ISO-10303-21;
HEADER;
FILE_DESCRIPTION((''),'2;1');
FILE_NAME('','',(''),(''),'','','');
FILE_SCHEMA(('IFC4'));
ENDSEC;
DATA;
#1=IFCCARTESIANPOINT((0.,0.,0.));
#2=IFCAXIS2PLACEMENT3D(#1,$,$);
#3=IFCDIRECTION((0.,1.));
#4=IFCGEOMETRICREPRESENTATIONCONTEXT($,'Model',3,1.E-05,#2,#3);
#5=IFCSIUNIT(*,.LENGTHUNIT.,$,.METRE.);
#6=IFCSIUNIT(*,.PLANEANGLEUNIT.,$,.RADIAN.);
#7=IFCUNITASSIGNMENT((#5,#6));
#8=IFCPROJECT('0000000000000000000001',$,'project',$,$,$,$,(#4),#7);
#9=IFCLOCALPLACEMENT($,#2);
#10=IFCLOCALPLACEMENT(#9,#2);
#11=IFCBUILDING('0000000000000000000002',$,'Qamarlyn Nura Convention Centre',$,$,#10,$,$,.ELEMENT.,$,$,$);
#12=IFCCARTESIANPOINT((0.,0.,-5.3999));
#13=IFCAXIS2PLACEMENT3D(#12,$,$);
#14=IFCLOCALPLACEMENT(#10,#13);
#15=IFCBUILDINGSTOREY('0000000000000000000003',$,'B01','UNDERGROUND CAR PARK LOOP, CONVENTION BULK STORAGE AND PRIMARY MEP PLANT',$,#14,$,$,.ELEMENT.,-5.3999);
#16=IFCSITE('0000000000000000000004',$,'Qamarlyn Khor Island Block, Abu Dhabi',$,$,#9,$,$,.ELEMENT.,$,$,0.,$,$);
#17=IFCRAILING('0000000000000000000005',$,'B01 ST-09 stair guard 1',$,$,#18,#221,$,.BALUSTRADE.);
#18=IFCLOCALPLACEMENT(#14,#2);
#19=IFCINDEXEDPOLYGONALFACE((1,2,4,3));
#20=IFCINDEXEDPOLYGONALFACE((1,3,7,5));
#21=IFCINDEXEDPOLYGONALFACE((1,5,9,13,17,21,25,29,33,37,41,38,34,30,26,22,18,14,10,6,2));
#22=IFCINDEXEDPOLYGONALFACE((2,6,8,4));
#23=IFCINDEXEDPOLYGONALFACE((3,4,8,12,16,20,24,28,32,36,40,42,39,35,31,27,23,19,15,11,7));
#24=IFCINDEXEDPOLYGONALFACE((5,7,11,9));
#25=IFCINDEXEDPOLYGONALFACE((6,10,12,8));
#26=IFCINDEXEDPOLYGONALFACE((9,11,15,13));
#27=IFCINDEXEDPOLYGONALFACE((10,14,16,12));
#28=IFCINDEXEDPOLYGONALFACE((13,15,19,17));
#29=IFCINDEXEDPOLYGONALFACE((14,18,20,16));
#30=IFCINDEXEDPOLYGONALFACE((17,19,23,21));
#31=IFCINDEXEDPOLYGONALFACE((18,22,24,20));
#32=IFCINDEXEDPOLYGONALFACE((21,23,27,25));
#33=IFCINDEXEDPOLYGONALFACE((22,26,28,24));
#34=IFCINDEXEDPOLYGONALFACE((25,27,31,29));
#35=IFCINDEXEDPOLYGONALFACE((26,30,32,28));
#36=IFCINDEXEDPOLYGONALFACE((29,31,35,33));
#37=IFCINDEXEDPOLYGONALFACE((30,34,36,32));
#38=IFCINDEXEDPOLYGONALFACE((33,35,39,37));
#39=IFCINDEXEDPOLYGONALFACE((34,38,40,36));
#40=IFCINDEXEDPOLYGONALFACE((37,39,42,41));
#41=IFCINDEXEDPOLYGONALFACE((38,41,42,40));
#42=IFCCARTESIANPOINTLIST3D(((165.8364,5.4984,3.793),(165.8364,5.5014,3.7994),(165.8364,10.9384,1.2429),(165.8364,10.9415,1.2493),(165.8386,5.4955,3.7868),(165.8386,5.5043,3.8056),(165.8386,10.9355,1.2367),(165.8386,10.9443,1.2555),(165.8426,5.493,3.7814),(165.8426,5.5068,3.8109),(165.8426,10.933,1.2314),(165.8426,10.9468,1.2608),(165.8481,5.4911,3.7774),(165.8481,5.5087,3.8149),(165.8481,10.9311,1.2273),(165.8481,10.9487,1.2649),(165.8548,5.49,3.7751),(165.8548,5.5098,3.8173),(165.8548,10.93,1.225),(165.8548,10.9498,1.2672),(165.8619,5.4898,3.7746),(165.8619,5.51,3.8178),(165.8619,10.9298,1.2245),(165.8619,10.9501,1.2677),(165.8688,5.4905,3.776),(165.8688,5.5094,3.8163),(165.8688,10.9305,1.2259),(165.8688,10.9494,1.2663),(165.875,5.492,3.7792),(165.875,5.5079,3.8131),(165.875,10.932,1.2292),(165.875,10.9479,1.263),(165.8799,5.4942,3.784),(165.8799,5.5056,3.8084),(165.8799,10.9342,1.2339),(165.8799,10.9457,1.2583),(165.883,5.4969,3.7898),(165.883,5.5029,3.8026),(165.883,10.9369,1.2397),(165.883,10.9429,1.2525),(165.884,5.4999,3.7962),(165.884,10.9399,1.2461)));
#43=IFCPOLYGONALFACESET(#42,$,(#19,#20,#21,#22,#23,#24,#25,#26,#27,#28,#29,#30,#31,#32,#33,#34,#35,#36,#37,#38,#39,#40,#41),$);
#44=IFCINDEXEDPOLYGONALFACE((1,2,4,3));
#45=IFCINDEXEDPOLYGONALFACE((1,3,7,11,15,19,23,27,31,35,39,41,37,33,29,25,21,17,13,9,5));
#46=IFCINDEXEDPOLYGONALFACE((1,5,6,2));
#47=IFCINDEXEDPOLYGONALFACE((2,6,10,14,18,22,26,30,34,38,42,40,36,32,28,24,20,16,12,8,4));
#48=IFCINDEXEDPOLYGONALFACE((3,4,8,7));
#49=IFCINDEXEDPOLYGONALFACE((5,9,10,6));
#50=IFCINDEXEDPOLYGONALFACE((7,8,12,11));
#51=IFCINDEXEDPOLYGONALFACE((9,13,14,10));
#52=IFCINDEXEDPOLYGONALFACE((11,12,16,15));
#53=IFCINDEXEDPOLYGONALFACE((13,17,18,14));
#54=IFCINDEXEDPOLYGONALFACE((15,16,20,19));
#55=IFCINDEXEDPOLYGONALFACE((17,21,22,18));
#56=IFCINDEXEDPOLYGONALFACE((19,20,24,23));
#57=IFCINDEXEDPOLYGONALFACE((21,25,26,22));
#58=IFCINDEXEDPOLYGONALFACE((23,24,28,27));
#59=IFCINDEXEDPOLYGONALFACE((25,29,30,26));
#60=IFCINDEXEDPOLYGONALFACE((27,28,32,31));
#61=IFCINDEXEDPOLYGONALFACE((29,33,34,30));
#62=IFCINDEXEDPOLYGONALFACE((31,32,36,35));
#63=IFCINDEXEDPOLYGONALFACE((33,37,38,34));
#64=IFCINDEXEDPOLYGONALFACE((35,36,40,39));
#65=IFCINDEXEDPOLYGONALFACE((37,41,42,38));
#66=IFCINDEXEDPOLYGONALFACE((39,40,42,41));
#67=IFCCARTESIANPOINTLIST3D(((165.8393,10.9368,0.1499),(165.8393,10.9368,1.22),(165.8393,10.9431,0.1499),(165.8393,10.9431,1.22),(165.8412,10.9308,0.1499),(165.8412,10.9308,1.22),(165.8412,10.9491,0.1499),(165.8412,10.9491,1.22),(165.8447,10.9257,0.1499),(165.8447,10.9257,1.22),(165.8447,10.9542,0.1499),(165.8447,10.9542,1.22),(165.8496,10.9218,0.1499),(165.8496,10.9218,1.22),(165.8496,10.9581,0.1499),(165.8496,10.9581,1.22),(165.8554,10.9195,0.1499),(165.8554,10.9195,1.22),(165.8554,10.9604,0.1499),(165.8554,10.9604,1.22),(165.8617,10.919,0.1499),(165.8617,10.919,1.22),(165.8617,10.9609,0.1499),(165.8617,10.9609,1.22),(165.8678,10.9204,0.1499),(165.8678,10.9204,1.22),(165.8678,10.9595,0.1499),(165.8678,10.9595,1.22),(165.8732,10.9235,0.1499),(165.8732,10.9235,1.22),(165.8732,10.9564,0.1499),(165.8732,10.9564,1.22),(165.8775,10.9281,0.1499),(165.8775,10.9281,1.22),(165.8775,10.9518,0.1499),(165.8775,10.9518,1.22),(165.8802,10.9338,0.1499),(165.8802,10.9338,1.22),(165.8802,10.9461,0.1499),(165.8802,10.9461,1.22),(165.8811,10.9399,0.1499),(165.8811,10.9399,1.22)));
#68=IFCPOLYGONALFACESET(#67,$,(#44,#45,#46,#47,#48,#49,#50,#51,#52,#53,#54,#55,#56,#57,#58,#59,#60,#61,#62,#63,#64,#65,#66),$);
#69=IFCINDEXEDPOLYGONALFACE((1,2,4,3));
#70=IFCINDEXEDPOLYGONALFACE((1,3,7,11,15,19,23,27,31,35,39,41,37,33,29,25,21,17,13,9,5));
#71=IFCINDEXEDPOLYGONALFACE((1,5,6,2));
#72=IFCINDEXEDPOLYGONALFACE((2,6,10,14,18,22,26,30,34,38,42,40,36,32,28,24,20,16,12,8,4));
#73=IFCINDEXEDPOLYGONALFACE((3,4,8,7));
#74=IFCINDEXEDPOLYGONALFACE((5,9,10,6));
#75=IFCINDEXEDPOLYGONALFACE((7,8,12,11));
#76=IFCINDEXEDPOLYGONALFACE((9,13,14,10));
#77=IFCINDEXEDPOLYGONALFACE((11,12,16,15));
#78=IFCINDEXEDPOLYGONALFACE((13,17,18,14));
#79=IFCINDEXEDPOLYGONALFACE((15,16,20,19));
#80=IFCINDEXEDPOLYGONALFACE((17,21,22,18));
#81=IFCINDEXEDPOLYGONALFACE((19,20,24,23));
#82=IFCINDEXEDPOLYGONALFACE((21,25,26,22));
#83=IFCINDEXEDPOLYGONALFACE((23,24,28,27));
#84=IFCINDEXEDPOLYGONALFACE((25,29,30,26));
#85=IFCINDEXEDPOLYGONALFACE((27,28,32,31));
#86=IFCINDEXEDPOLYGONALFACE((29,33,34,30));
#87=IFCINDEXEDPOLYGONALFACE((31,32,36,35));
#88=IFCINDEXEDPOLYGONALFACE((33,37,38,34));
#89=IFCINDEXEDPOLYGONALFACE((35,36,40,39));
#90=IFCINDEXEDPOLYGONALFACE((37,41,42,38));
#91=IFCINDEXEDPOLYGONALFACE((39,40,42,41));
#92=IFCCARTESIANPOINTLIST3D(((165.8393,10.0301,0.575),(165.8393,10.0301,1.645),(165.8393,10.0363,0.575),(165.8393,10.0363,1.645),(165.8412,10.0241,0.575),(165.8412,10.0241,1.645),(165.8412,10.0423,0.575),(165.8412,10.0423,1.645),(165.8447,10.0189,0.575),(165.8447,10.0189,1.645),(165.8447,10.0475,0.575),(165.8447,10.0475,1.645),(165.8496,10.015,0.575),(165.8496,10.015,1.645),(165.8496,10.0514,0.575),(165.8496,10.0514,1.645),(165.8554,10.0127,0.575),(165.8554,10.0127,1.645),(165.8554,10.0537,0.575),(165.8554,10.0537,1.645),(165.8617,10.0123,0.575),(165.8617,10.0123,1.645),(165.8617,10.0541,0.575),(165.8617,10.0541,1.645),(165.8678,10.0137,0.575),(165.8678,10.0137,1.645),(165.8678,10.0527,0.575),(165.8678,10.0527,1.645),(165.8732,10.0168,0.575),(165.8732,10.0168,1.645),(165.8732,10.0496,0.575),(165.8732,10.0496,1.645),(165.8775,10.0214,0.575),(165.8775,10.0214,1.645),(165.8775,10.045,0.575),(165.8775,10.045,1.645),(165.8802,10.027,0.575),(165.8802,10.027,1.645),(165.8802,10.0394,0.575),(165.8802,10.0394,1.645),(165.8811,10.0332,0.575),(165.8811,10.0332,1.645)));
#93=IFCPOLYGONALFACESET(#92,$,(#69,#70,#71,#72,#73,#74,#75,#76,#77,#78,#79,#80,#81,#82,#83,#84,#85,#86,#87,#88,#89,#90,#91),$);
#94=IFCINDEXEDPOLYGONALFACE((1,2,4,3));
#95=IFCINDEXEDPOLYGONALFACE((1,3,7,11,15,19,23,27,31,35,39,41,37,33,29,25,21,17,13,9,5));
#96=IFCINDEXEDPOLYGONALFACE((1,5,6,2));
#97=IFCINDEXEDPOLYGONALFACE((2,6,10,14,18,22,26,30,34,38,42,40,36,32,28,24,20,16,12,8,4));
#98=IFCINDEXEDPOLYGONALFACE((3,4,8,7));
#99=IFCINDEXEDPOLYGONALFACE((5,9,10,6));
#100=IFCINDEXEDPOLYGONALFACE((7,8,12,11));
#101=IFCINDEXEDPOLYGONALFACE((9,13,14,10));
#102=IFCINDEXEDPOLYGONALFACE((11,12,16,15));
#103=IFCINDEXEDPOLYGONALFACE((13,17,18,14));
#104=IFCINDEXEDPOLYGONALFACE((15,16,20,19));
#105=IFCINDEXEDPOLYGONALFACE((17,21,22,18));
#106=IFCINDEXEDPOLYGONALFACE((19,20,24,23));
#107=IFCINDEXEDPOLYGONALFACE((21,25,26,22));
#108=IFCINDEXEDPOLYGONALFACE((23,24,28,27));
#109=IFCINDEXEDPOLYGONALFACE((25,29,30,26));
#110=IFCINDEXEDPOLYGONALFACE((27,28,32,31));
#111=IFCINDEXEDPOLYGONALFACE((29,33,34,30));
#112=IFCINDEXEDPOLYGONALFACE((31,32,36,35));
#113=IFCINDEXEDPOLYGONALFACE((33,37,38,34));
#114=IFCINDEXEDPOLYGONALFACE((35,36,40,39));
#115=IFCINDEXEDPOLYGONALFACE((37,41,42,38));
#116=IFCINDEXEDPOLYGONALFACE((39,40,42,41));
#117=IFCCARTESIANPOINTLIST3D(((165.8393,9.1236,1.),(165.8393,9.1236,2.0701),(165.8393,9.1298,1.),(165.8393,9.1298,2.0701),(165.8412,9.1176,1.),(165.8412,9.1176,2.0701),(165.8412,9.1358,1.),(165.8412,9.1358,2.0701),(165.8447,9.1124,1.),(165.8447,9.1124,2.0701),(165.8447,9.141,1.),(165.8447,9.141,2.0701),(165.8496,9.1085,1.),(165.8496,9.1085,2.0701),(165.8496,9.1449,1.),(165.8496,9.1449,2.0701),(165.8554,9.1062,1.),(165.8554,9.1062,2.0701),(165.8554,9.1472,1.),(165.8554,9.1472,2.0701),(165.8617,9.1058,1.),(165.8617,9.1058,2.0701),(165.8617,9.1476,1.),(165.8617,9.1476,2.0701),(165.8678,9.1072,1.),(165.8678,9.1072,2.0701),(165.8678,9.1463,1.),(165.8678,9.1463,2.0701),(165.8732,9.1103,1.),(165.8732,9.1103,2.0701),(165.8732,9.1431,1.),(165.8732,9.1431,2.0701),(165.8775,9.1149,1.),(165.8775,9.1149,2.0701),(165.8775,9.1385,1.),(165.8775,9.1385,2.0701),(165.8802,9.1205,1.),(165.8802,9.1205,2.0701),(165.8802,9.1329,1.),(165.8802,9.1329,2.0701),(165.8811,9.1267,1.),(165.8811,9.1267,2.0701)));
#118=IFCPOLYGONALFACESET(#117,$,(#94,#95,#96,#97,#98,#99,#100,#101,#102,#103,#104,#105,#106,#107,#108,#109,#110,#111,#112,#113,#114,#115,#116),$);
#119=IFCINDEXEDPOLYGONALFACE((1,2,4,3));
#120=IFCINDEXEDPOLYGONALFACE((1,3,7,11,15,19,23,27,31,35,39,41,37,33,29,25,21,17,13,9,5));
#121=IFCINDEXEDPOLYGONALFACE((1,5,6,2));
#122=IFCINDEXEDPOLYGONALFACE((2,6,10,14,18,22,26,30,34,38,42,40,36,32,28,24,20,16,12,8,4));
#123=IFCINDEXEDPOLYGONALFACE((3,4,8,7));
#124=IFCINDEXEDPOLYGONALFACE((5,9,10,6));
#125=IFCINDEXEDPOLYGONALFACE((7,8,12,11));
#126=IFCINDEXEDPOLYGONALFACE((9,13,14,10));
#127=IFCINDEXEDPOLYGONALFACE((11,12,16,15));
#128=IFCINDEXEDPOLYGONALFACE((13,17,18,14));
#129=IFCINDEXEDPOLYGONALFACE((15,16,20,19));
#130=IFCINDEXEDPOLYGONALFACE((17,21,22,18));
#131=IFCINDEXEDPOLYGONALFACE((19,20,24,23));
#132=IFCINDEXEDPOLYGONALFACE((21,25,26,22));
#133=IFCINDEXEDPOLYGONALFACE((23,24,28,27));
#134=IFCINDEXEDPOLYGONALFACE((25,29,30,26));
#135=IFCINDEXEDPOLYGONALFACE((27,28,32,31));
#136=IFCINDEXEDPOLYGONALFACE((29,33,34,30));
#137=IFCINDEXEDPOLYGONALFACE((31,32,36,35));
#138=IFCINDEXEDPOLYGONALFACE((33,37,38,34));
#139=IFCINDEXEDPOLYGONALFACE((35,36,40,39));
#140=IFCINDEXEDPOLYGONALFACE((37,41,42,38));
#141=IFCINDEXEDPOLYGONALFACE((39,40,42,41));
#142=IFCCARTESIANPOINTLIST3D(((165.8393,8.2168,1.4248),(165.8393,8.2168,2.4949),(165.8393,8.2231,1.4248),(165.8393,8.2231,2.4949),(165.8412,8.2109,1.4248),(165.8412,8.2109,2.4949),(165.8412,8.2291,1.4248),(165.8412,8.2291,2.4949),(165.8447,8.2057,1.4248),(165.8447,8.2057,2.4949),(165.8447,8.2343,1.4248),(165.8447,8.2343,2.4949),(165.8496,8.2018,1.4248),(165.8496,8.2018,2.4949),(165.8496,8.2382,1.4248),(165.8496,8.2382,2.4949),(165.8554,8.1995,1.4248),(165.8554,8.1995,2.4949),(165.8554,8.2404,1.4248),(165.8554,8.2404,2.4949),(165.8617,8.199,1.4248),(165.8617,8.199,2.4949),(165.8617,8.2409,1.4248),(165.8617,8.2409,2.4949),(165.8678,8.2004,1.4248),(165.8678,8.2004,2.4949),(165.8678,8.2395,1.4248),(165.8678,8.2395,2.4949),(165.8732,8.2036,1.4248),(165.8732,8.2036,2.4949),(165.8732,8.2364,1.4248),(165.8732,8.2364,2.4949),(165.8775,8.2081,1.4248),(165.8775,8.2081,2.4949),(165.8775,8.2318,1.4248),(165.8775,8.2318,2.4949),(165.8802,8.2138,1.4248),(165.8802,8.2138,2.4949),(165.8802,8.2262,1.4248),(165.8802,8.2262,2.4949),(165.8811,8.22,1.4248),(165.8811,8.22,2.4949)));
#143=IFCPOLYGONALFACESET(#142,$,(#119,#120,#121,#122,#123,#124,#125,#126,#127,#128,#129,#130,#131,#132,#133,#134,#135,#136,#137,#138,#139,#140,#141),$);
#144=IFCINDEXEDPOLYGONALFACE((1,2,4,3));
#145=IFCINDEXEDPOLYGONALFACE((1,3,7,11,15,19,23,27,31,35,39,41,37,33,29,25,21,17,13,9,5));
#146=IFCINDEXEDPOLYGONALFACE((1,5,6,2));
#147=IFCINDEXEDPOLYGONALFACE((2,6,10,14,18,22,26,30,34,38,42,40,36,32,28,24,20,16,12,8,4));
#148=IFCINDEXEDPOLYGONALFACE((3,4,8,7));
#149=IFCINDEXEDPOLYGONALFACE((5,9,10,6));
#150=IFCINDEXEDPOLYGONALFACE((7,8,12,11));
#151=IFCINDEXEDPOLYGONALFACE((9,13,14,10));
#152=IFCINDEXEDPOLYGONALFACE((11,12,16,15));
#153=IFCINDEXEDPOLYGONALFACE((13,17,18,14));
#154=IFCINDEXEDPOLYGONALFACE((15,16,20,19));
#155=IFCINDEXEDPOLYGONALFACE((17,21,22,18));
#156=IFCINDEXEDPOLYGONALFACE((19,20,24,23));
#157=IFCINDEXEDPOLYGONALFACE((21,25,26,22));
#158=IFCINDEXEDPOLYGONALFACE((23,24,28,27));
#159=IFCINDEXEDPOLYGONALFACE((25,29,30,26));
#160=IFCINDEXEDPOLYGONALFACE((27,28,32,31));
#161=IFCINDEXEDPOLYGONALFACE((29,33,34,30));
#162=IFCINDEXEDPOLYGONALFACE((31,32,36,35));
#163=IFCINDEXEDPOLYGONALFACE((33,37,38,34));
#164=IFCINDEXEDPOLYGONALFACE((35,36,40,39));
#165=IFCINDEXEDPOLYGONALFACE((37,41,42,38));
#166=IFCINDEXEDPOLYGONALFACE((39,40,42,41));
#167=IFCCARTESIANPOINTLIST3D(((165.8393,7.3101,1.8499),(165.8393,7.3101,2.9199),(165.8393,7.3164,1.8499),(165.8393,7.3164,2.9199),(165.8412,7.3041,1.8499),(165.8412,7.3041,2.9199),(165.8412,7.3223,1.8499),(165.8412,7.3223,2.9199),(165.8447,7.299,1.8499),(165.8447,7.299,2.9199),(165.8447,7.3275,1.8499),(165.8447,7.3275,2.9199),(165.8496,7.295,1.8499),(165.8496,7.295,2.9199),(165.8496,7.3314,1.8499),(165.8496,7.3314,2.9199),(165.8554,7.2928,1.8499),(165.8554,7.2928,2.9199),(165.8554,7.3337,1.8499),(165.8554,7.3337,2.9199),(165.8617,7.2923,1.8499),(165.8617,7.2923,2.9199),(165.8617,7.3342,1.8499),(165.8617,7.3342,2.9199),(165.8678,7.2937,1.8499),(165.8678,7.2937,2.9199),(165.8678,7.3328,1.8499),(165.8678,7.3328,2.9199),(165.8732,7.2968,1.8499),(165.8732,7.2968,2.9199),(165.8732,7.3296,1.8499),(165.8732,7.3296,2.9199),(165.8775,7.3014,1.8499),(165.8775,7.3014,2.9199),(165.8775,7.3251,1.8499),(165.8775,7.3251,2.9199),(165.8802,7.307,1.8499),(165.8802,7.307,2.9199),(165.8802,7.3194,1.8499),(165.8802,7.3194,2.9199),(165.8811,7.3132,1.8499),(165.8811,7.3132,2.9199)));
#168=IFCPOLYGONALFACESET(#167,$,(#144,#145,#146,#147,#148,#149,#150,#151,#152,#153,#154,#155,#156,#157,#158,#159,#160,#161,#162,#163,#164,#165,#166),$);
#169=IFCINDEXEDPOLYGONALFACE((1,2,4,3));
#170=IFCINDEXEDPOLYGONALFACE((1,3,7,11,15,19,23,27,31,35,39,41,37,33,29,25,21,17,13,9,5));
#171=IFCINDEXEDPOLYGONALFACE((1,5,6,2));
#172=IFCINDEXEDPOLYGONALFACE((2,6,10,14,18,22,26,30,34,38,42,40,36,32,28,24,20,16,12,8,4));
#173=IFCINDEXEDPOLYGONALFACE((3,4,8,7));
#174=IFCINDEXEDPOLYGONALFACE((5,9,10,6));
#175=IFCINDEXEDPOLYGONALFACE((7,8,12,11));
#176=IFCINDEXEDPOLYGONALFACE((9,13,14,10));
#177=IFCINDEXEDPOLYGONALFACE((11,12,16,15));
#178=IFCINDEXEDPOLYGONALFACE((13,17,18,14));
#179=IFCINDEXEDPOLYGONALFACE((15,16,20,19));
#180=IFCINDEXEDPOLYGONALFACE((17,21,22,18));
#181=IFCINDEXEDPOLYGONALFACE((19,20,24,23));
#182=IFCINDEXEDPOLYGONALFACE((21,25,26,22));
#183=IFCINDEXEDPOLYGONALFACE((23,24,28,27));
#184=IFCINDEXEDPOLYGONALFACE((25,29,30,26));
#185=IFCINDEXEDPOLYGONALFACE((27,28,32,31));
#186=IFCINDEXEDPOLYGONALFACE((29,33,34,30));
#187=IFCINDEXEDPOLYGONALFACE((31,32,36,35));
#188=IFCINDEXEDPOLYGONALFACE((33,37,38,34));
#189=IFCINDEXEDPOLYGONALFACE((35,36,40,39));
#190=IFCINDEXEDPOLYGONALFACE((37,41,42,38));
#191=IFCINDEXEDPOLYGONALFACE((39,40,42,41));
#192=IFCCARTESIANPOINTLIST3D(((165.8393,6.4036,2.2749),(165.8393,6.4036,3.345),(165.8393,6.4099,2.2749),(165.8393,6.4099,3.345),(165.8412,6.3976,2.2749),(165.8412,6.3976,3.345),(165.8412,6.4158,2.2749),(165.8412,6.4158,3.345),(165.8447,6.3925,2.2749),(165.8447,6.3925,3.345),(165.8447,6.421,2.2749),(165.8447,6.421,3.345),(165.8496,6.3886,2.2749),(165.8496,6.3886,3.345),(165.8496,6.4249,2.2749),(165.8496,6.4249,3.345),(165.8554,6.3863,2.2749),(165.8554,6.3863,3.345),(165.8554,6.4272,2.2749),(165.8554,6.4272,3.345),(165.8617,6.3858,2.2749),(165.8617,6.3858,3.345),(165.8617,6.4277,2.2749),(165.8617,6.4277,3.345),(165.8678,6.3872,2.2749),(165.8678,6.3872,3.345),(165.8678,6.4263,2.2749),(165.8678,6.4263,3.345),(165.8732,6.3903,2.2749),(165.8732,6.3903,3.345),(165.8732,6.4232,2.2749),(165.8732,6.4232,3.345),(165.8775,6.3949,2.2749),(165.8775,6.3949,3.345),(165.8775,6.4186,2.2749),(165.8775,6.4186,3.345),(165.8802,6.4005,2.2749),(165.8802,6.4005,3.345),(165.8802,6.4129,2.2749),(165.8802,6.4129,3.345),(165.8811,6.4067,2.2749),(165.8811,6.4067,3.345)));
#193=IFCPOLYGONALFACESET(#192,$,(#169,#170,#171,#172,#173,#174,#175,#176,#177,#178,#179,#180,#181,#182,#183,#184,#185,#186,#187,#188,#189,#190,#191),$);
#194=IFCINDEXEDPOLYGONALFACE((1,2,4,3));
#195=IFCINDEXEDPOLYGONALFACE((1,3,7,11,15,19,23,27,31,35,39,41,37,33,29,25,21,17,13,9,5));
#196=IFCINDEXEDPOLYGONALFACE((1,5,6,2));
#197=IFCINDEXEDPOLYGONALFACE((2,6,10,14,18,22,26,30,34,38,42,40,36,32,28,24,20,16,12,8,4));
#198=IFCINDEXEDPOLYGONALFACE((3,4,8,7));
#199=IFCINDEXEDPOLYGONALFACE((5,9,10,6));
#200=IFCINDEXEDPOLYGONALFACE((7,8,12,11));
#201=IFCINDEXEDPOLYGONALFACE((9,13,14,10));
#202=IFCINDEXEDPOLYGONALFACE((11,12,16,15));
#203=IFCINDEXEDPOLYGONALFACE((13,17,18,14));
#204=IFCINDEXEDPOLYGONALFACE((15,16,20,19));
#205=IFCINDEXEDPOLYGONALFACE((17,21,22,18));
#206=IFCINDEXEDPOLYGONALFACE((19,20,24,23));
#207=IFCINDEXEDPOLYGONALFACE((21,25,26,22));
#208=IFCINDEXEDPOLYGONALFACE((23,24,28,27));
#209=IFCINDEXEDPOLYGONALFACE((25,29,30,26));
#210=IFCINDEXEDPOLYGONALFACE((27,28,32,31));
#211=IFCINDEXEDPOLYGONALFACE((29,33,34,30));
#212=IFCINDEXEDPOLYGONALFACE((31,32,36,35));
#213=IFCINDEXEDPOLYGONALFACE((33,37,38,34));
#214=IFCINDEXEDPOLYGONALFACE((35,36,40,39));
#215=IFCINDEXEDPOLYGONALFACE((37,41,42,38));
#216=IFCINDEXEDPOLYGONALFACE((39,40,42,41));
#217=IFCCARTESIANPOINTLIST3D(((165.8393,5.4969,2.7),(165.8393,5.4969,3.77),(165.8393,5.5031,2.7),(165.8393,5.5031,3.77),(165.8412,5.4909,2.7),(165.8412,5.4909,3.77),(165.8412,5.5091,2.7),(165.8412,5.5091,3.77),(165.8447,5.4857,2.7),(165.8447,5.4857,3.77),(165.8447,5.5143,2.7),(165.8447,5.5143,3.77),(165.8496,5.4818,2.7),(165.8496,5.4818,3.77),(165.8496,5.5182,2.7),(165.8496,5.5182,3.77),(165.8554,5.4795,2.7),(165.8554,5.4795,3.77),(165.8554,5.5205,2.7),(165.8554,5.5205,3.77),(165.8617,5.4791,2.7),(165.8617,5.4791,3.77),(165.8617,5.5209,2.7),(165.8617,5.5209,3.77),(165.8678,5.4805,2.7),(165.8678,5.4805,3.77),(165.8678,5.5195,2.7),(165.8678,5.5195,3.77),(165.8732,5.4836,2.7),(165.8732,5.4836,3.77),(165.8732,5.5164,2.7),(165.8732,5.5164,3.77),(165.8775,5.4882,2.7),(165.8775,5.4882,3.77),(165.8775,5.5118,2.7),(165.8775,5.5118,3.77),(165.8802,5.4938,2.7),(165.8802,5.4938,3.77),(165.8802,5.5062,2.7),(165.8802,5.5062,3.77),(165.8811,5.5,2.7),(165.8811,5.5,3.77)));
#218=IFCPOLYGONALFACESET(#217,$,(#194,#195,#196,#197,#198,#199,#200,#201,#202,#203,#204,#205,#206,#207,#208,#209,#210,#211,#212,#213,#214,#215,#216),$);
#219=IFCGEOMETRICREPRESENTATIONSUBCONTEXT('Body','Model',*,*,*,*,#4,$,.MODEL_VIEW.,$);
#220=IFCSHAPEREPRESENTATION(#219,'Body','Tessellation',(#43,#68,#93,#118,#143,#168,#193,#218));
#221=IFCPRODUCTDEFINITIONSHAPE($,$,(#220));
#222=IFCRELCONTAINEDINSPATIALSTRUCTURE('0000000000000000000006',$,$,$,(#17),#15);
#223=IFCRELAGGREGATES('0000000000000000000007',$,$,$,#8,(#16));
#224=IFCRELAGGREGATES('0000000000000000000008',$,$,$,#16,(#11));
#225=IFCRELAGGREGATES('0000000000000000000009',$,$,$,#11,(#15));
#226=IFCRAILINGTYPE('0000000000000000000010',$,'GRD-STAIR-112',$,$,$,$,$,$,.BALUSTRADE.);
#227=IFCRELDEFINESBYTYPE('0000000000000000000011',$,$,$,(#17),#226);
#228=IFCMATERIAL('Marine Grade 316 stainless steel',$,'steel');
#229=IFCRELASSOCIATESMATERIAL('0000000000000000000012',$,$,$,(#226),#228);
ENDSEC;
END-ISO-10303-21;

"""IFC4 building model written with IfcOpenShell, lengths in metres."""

from ifc_helpers import new_model, si_unit, direction, frame, origin, origin_2d, place, context, subcontext, project, spatial, circle, extrude, material, type_object, element, save


model = new_model("IFC4")

# Units and contexts
model_context = context("Model", 3, precision=1e-05, world=origin(), true_north=direction((0.0, 1.0)))
body_context = subcontext(model_context, "Body", "Model", "MODEL_VIEW")
ifc_project = project(units=[si_unit("LENGTHUNIT", "METRE"), si_unit("PLANEANGLEUNIT", "RADIAN")], contexts=[model_context])

# Site, building, storey
site_placement = place(None, origin())
site = spatial("IfcSite", under=ifc_project, at=site_placement, Name="Qamarlyn Khor Island Block, Abu Dhabi", CompositionType="ELEMENT", RefElevation=0.0)
building_placement = place(site_placement, origin())
building = spatial("IfcBuilding", under=site, at=building_placement, Name="Qamarlyn Nura Convention Centre", CompositionType="ELEMENT")
storey_placement = place(building_placement, frame((0.0, 0.0, -5.3999)))
storey = spatial("IfcBuildingStorey", under=building, at=storey_placement, Name="B01", Description="UNDERGROUND CAR PARK LOOP, CONVENTION BULK STORAGE AND PRIMARY MEP PLANT", CompositionType="ELEMENT", Elevation=-5.3999)

# Railing
ifc_material_1 = material(Name="Marine Grade 316 stainless steel", Category="steel")
railing_type_1 = type_object("IfcRailingType", Name="GRD-STAIR-112", PredefinedType="BALUSTRADE", material=ifc_material_1)
railing_1_placement = place(storey_placement, frame((165.8601, 10.9399, 0.1499)))
element("IfcRailing", 1, at=railing_1_placement, inside=storey, type_object=railing_type_1, Name="B01 ST-09 stair guard 1", PredefinedType="BALUSTRADE", context=body_context, shape_type="SweptSolid", body=[
    extrude(circle(Radius=0.0239, at=origin_2d()), frame((0.0, 0.0, 1.0962), z_axis=(0.0, -0.905454, 0.424444), x_axis=(1.0, 0.0, 0.0)), (0.0, 0.0, 1.0), 6.0081),
    extrude(circle(Radius=0.021, at=origin_2d()), origin(), (0.0, 0.0, 1.0), 1.0701),
    extrude(circle(Radius=0.021, at=origin_2d()), frame((0.0, -0.9067, 0.425)), (0.0, 0.0, 1.0), 1.0701),
    extrude(circle(Radius=0.021, at=origin_2d()), frame((0.0, -1.8132, 0.8501)), (0.0, 0.0, 1.0), 1.0701),
    extrude(circle(Radius=0.021, at=origin_2d()), frame((0.0, -2.72, 1.2749)), (0.0, 0.0, 1.0), 1.0701),
    extrude(circle(Radius=0.021, at=origin_2d()), frame((0.0, -3.6267, 1.7)), (0.0, 0.0, 1.0), 1.0701),
    extrude(circle(Radius=0.021, at=origin_2d()), frame((0.0, -4.5332, 2.125)), (0.0, 0.0, 1.0), 1.0701),
    extrude(circle(Radius=0.021, at=origin_2d()), frame((0.0, -5.4399, 2.55)), (0.0, 0.0, 1.0), 1.0701),
])

save(model, "model.ifc")
